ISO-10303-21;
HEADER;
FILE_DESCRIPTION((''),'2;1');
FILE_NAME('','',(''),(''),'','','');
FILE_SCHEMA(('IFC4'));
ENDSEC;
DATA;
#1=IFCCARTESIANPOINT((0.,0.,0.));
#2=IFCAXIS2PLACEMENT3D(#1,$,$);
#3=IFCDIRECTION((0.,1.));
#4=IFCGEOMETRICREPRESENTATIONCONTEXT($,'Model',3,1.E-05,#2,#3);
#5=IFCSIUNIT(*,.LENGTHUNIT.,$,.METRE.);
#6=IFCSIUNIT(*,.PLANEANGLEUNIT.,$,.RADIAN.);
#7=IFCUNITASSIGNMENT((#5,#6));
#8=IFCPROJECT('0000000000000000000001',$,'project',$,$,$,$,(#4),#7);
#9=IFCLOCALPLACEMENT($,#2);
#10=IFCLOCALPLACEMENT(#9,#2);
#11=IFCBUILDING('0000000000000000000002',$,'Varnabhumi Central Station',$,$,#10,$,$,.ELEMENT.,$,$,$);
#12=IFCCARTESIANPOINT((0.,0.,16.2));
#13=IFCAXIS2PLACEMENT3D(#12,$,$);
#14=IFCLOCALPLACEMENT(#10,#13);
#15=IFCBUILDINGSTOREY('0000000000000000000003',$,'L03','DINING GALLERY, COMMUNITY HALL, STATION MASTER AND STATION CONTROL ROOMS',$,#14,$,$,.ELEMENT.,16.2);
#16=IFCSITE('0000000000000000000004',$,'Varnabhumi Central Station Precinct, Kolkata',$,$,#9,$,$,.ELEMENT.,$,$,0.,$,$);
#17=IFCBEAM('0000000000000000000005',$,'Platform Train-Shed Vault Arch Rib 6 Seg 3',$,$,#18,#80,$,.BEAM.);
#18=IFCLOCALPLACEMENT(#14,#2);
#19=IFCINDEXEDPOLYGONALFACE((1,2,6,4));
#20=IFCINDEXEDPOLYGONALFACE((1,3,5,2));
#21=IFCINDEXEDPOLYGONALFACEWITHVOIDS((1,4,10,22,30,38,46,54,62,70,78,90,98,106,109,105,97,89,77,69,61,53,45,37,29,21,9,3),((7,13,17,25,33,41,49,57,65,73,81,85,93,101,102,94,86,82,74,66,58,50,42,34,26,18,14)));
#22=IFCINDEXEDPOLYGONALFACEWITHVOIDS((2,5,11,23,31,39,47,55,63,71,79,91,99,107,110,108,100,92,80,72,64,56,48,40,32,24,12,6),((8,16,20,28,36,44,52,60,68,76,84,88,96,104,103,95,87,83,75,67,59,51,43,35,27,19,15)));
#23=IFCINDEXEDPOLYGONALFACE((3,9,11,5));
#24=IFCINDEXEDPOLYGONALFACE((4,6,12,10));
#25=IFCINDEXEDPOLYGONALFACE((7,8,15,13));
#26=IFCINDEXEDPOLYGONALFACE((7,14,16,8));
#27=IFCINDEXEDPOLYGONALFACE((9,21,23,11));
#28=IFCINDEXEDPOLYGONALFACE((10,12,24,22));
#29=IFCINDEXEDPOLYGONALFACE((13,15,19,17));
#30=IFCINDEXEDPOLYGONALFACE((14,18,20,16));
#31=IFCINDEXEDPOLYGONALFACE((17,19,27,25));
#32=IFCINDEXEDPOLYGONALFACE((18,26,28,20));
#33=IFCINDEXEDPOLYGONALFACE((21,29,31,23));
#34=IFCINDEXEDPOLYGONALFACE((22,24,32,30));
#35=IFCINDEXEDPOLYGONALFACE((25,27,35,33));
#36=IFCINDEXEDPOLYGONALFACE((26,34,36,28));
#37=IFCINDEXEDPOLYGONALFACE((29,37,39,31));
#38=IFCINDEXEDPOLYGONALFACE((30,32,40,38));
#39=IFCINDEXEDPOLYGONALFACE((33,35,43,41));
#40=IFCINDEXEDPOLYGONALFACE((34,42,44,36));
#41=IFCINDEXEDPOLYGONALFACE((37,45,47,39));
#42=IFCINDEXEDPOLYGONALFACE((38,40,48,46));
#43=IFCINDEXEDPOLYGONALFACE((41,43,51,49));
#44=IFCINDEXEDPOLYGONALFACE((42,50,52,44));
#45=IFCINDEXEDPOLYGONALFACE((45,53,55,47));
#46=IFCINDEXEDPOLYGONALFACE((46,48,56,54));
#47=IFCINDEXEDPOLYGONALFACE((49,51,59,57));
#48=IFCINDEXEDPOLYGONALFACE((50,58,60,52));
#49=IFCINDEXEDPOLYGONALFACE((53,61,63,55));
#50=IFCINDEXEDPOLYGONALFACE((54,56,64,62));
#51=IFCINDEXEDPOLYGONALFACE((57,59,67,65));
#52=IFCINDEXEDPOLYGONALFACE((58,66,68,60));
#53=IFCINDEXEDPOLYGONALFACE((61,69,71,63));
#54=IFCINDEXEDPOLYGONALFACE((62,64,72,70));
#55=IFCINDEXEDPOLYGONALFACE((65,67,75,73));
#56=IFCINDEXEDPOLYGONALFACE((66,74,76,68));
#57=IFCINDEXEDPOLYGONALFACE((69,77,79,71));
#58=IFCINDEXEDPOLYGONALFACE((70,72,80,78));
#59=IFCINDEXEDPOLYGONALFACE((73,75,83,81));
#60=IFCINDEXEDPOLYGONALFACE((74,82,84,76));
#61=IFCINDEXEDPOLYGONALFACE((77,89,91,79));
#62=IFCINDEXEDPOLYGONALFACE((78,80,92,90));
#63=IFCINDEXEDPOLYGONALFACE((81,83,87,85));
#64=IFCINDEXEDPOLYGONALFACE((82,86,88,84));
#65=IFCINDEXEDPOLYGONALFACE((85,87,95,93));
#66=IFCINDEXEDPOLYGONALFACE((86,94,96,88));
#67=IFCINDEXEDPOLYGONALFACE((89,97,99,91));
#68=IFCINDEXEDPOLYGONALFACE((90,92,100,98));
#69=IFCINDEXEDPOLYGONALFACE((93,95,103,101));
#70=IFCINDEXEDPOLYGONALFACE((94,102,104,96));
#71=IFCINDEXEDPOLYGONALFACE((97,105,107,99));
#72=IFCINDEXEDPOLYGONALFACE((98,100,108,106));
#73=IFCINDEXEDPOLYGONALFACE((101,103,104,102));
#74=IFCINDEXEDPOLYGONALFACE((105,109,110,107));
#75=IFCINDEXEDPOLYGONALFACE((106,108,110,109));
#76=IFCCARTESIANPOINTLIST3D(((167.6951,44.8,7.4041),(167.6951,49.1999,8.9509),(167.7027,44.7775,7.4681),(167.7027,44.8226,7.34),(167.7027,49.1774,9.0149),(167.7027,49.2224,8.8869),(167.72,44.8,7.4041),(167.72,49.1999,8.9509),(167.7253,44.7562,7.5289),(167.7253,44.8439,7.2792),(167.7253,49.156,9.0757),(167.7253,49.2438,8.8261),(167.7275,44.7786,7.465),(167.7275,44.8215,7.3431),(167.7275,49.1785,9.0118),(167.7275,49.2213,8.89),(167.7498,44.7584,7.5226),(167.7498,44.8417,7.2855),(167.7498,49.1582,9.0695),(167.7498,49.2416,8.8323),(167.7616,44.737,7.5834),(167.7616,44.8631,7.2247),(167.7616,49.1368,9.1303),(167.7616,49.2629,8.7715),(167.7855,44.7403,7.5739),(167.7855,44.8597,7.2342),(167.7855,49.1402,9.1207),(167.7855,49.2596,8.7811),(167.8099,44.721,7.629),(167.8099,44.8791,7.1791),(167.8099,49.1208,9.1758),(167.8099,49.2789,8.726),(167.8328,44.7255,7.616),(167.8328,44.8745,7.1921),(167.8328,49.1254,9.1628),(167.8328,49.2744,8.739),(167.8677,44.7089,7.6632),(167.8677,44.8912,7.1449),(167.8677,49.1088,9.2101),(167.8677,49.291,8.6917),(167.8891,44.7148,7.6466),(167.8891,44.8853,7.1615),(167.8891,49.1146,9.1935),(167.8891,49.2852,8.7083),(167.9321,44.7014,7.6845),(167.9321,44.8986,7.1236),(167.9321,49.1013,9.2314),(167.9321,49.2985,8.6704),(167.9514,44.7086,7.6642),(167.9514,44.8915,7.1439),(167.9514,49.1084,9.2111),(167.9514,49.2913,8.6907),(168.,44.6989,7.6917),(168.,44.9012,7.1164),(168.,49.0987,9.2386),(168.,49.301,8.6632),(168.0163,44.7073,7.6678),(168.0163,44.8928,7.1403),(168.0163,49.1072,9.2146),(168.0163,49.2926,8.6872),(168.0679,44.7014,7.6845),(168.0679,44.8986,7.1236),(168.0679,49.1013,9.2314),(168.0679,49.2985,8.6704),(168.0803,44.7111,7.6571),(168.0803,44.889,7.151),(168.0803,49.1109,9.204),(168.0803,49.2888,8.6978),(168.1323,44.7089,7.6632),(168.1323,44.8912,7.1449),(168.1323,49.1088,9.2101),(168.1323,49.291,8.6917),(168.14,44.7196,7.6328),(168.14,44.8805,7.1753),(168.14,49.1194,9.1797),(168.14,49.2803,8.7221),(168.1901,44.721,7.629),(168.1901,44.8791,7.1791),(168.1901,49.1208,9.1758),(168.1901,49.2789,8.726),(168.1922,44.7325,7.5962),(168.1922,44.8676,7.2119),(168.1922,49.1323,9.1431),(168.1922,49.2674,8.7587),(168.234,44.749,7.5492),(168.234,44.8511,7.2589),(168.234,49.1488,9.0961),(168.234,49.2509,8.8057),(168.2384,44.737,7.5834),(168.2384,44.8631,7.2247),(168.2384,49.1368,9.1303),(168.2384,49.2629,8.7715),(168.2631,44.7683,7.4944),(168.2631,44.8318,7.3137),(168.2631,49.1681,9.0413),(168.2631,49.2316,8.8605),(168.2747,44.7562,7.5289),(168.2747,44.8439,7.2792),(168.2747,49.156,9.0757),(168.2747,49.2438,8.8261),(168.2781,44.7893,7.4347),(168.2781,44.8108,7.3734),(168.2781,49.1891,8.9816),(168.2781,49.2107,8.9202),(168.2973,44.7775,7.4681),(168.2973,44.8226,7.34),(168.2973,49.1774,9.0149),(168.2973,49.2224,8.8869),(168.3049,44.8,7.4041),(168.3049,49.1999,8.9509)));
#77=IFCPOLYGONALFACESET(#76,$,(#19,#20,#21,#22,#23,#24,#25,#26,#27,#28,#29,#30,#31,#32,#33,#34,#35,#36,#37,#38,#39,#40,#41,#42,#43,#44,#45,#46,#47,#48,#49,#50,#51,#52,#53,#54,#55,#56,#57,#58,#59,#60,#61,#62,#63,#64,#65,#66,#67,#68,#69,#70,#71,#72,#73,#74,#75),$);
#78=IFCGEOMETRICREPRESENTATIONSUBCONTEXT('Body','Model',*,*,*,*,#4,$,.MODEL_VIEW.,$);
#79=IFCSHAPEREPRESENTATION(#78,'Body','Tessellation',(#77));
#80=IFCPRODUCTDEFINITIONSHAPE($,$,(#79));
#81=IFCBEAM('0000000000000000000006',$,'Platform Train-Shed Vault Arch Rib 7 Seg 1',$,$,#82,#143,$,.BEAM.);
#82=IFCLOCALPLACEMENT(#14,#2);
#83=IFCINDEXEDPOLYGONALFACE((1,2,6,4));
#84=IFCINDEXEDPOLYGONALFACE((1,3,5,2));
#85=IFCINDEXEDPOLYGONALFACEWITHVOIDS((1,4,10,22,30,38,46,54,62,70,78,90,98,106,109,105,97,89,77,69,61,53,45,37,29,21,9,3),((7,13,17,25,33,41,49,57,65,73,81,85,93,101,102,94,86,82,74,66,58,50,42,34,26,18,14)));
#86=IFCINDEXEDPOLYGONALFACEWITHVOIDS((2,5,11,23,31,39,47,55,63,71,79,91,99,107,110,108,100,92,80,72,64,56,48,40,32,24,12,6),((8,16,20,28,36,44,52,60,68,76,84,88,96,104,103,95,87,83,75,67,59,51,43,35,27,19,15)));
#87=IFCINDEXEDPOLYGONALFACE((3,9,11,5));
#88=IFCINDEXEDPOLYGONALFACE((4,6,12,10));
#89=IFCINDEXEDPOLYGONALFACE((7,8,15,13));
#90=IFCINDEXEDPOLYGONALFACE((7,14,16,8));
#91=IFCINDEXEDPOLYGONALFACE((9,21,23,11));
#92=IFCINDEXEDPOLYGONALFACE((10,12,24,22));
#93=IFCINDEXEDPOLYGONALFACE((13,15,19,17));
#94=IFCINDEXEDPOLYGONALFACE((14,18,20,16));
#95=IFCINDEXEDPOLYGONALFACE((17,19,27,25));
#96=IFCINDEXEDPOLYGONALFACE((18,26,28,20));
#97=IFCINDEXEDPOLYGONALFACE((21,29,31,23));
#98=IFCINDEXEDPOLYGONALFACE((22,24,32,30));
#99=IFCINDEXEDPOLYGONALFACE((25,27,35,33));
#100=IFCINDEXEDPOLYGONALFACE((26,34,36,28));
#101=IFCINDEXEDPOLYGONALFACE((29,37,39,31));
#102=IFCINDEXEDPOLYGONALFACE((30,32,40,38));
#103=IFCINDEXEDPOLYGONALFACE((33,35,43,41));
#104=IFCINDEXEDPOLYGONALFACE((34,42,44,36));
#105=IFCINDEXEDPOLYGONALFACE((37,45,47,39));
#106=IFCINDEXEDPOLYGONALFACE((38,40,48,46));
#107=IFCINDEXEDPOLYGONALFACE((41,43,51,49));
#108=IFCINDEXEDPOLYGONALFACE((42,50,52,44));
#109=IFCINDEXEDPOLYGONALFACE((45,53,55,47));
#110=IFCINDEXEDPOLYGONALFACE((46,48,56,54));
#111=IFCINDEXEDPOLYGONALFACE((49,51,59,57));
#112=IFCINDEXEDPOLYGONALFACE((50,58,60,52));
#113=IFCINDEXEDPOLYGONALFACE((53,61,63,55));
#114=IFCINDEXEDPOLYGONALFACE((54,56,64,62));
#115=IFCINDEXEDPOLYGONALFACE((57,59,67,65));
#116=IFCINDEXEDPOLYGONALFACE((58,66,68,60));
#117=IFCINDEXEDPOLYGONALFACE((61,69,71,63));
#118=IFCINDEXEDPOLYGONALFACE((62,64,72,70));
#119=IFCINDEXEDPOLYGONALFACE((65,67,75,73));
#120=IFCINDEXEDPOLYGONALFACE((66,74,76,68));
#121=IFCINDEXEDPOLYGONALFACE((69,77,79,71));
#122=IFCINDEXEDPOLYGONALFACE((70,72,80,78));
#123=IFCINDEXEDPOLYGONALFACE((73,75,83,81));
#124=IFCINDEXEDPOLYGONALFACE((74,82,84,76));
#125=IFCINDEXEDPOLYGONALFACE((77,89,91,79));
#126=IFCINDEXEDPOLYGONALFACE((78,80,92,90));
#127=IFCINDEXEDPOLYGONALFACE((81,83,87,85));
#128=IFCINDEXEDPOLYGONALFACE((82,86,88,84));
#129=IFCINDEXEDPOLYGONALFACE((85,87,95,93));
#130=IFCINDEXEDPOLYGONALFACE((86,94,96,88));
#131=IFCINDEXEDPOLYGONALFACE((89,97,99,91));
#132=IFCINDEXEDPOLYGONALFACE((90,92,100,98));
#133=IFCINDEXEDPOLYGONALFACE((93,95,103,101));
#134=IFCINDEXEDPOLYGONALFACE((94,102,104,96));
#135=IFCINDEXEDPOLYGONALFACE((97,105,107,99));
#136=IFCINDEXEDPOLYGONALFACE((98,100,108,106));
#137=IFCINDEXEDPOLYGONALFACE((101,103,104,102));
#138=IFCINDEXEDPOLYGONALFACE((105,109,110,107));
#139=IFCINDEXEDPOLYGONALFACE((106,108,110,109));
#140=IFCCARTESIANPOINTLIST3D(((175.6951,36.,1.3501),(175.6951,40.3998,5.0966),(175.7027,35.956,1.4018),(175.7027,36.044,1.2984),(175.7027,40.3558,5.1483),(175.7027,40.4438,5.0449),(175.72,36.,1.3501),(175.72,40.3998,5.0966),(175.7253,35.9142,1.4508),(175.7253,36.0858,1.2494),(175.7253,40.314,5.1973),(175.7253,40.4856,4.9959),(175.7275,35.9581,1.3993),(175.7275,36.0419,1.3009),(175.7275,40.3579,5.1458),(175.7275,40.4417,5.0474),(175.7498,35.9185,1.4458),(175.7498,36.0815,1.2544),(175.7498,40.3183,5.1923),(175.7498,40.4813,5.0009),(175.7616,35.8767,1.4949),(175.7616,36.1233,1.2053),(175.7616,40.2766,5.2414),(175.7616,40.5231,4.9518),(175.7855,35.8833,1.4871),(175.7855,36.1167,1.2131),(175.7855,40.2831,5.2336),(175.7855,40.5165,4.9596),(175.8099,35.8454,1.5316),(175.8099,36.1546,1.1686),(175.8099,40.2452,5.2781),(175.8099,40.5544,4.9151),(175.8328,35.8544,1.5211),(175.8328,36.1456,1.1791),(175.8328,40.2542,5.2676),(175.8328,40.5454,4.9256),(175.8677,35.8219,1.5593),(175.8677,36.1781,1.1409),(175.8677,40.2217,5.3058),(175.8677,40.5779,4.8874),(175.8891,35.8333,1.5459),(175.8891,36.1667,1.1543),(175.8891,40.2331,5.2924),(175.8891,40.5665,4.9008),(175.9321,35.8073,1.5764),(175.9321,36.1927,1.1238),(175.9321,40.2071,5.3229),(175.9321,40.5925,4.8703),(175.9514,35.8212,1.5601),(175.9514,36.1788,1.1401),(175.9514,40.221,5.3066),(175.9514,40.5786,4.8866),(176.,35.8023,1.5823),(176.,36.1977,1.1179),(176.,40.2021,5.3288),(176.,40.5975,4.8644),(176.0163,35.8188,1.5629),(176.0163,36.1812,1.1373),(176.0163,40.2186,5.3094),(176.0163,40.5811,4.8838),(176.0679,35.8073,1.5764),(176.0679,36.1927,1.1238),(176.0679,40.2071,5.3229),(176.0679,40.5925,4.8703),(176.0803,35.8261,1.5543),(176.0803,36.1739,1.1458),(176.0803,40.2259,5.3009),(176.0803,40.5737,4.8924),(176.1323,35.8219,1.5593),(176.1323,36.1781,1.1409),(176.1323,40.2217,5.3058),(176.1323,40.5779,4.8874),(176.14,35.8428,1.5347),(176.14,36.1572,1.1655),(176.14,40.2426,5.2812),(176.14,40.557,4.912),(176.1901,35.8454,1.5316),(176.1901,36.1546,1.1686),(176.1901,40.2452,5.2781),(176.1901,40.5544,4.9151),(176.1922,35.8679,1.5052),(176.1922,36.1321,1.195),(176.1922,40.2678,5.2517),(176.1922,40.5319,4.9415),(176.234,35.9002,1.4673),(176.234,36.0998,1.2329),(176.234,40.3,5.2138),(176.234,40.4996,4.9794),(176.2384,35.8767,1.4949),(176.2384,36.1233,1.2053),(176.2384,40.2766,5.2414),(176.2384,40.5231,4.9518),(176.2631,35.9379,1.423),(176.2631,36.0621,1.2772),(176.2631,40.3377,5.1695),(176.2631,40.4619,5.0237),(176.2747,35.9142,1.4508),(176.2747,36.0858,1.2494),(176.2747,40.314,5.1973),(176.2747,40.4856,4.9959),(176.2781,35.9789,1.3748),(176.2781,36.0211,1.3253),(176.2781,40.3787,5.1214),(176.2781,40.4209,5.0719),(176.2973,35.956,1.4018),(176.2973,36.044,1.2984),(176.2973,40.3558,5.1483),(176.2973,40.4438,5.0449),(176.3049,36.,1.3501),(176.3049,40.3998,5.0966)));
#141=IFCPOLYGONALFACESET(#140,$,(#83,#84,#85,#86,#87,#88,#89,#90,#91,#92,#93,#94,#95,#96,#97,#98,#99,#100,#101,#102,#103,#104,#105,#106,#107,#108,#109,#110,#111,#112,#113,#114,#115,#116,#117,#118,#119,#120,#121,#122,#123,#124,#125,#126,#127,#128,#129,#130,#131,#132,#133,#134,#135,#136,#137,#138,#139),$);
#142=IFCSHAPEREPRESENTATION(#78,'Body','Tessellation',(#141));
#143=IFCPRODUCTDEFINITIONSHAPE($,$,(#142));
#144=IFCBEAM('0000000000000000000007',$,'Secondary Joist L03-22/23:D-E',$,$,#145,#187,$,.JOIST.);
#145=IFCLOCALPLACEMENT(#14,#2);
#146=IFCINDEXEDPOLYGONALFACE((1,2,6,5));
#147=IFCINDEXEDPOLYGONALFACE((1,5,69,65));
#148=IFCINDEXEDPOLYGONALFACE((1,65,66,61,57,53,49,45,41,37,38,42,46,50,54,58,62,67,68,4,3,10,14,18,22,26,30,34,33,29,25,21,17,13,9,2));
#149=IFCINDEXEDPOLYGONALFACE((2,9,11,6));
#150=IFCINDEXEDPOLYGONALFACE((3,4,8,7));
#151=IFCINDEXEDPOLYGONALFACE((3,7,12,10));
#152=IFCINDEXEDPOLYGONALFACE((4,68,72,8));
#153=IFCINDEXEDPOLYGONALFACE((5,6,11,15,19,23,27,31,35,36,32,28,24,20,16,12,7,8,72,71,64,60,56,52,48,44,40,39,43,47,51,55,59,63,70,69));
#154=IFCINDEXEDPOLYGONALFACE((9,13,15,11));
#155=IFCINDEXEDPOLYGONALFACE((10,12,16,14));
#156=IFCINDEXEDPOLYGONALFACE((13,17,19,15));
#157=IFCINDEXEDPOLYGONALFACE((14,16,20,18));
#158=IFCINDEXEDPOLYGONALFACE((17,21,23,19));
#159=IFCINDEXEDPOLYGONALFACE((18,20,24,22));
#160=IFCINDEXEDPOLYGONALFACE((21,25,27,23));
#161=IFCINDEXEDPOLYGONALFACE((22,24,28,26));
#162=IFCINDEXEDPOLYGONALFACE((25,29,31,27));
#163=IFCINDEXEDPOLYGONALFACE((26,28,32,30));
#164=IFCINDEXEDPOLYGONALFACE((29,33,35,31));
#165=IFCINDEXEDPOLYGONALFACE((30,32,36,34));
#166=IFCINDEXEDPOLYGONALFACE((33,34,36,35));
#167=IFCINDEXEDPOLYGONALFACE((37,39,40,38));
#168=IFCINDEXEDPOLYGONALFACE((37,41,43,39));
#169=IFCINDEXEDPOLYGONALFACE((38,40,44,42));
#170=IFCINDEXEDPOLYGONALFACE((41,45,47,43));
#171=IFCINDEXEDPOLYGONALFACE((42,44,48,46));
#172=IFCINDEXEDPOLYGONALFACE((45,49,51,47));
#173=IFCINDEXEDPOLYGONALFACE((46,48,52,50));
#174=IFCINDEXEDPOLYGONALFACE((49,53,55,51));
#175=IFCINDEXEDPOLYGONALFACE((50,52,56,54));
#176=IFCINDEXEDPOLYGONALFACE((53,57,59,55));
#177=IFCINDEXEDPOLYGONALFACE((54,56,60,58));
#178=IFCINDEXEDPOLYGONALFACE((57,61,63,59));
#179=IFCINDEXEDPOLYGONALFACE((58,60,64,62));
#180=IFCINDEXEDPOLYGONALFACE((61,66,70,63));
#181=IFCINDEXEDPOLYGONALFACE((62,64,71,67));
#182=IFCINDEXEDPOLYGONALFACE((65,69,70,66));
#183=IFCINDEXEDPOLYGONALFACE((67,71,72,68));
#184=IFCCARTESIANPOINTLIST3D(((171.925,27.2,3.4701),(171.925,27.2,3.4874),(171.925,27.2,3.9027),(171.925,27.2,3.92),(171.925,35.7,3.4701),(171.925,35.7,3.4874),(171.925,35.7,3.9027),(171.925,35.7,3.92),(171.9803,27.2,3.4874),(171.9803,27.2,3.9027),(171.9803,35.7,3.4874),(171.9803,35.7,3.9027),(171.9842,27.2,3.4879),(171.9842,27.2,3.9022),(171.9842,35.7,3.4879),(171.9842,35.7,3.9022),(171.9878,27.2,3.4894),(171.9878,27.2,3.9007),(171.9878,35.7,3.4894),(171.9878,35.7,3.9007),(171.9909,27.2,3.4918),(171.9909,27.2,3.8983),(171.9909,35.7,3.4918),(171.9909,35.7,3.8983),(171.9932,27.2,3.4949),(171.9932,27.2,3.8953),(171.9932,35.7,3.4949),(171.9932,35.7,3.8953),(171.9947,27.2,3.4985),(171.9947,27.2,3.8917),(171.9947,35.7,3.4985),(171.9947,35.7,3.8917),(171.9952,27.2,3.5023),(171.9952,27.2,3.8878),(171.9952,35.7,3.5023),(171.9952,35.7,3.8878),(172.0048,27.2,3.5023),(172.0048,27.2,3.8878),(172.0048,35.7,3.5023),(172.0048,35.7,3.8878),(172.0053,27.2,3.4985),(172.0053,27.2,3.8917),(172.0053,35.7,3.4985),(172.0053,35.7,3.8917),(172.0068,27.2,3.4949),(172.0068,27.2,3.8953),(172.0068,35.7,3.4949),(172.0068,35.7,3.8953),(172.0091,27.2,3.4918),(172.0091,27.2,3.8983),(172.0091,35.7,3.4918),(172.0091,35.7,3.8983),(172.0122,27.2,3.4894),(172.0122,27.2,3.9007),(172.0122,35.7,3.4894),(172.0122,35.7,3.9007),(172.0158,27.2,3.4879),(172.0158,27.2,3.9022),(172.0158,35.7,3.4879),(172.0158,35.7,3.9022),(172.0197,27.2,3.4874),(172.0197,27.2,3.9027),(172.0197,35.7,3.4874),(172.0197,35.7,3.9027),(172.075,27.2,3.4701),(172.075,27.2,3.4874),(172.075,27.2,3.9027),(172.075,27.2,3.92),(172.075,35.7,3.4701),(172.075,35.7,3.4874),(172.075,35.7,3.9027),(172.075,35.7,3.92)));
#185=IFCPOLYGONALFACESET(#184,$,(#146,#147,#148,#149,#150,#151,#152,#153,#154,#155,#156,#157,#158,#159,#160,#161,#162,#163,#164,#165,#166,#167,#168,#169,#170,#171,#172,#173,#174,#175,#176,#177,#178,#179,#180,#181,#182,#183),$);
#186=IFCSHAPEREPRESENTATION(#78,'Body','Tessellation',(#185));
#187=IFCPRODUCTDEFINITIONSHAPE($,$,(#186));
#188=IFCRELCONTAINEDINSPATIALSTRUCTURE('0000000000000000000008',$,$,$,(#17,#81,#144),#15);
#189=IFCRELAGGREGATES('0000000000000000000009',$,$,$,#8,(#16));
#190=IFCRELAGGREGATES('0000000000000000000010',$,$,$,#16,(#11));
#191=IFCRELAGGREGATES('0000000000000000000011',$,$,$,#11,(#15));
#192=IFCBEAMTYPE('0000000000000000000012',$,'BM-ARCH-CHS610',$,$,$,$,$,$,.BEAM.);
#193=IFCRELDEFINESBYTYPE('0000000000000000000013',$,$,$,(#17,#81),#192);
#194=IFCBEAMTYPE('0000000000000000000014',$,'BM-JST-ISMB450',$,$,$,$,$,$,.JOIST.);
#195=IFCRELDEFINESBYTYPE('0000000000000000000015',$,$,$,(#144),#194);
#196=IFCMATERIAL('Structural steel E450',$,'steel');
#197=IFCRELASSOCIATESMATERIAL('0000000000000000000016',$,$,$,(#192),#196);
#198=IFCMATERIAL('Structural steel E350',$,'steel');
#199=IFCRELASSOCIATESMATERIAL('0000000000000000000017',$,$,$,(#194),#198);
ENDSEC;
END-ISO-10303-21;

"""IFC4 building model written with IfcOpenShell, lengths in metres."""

from ifc_helpers import new_model, si_unit, direction, frame, origin, origin_2d, place, context, subcontext, project, spatial, hollow_circle, i_section, extrude, material, material_profile, profile_set, type_object, element, save


model = new_model("IFC4")

# Units and contexts
model_context = context("Model", 3, precision=1e-05, world=origin(), true_north=direction((0.0, 1.0)))
body_context = subcontext(model_context, "Body", "Model", "MODEL_VIEW")
ifc_project = project(units=[si_unit("LENGTHUNIT", "METRE"), si_unit("PLANEANGLEUNIT", "RADIAN")], contexts=[model_context])

# Site, building, storey
site_placement = place(None, origin())
site = spatial("IfcSite", under=ifc_project, at=site_placement, Name="Varnabhumi Central Station Precinct, Kolkata", CompositionType="ELEMENT", RefElevation=0.0)
building_placement = place(site_placement, origin())
building = spatial("IfcBuilding", under=site, at=building_placement, Name="Varnabhumi Central Station", CompositionType="ELEMENT")
storey_placement = place(building_placement, frame((0.0, 0.0, 16.2)))
storey = spatial("IfcBuildingStorey", under=building, at=storey_placement, Name="L03", Description="DINING GALLERY, COMMUNITY HALL, STATION MASTER AND STATION CONTROL ROOMS", CompositionType="ELEMENT", Elevation=16.2)

# Beams
ifc_material_1 = material(Name="Structural steel E450", Category="steel")
ifc_material_profile_1 = material_profile(ifc_material_1, hollow_circle(Radius=0.3049, WallThickness=0.0249, at=origin_2d()), Name="Structural steel E450", Category="steel")
ifc_profile_set_1 = profile_set([ifc_material_profile_1], Name="Structural steel E450")
beam_type_1 = type_object("IfcBeamType", Name="BM-ARCH-CHS610", PredefinedType="BEAM", material=ifc_profile_set_1)
beam_1_placement = place(storey_placement, frame((168.0, 44.8, 7.4041), z_axis=(0.0, 0.943396, 0.33167), x_axis=(-1.0, 0.0, 0.0)))
element("IfcBeam", 1, at=beam_1_placement, inside=storey, type_object=beam_type_1, Name="Platform Train-Shed Vault Arch Rib 6 Seg 3", PredefinedType="BEAM", context=body_context, shape_type="SweptSolid", body=[
    extrude(hollow_circle(Radius=0.3049, WallThickness=0.0249, at=origin_2d()), origin(), (0.0, 0.0, 1.0), 4.6638),
])
beam_2_placement = place(storey_placement, frame((176.0, 36.0, 1.3501), z_axis=(0.0, 0.76137, 0.648318), x_axis=(-1.0, 0.0, 0.0)))
element("IfcBeam", 2, at=beam_2_placement, inside=storey, type_object=beam_type_1, Name="Platform Train-Shed Vault Arch Rib 7 Seg 1", PredefinedType="BEAM", context=body_context, shape_type="SweptSolid", body=[
    extrude(hollow_circle(Radius=0.3049, WallThickness=0.0249, at=origin_2d()), origin(), (0.0, 0.0, 1.0), 5.7788),
])
ifc_material_2 = material(Name="Structural steel E350", Category="steel")
ifc_material_profile_2 = material_profile(ifc_material_2, i_section(OverallWidth=0.1499, OverallDepth=0.45, WebThickness=0.0095, FlangeThickness=0.0173, FilletRadius=0.0149, at=origin_2d()), Name="Structural steel E350", Category="steel")
ifc_profile_set_2 = profile_set([ifc_material_profile_2], Name="Structural steel E350")
beam_type_2 = type_object("IfcBeamType", Name="BM-JST-ISMB450", PredefinedType="JOIST", material=ifc_profile_set_2)
beam_3_placement = place(storey_placement, frame((172.0, 27.2, 3.6951), z_axis=(0.0, 1.0, 0.0), x_axis=(-1.0, 0.0, 0.0)))
element("IfcBeam", 3, at=beam_3_placement, inside=storey, type_object=beam_type_2, Name="Secondary Joist L03-22/23:D-E", PredefinedType="JOIST", context=body_context, shape_type="SweptSolid", body=[
    extrude(i_section(OverallWidth=0.1499, OverallDepth=0.45, WebThickness=0.0095, FlangeThickness=0.0173, FilletRadius=0.0149, at=origin_2d()), origin(), (0.0, 0.0, 1.0), 8.5),
])

save(model, "model.ifc")
